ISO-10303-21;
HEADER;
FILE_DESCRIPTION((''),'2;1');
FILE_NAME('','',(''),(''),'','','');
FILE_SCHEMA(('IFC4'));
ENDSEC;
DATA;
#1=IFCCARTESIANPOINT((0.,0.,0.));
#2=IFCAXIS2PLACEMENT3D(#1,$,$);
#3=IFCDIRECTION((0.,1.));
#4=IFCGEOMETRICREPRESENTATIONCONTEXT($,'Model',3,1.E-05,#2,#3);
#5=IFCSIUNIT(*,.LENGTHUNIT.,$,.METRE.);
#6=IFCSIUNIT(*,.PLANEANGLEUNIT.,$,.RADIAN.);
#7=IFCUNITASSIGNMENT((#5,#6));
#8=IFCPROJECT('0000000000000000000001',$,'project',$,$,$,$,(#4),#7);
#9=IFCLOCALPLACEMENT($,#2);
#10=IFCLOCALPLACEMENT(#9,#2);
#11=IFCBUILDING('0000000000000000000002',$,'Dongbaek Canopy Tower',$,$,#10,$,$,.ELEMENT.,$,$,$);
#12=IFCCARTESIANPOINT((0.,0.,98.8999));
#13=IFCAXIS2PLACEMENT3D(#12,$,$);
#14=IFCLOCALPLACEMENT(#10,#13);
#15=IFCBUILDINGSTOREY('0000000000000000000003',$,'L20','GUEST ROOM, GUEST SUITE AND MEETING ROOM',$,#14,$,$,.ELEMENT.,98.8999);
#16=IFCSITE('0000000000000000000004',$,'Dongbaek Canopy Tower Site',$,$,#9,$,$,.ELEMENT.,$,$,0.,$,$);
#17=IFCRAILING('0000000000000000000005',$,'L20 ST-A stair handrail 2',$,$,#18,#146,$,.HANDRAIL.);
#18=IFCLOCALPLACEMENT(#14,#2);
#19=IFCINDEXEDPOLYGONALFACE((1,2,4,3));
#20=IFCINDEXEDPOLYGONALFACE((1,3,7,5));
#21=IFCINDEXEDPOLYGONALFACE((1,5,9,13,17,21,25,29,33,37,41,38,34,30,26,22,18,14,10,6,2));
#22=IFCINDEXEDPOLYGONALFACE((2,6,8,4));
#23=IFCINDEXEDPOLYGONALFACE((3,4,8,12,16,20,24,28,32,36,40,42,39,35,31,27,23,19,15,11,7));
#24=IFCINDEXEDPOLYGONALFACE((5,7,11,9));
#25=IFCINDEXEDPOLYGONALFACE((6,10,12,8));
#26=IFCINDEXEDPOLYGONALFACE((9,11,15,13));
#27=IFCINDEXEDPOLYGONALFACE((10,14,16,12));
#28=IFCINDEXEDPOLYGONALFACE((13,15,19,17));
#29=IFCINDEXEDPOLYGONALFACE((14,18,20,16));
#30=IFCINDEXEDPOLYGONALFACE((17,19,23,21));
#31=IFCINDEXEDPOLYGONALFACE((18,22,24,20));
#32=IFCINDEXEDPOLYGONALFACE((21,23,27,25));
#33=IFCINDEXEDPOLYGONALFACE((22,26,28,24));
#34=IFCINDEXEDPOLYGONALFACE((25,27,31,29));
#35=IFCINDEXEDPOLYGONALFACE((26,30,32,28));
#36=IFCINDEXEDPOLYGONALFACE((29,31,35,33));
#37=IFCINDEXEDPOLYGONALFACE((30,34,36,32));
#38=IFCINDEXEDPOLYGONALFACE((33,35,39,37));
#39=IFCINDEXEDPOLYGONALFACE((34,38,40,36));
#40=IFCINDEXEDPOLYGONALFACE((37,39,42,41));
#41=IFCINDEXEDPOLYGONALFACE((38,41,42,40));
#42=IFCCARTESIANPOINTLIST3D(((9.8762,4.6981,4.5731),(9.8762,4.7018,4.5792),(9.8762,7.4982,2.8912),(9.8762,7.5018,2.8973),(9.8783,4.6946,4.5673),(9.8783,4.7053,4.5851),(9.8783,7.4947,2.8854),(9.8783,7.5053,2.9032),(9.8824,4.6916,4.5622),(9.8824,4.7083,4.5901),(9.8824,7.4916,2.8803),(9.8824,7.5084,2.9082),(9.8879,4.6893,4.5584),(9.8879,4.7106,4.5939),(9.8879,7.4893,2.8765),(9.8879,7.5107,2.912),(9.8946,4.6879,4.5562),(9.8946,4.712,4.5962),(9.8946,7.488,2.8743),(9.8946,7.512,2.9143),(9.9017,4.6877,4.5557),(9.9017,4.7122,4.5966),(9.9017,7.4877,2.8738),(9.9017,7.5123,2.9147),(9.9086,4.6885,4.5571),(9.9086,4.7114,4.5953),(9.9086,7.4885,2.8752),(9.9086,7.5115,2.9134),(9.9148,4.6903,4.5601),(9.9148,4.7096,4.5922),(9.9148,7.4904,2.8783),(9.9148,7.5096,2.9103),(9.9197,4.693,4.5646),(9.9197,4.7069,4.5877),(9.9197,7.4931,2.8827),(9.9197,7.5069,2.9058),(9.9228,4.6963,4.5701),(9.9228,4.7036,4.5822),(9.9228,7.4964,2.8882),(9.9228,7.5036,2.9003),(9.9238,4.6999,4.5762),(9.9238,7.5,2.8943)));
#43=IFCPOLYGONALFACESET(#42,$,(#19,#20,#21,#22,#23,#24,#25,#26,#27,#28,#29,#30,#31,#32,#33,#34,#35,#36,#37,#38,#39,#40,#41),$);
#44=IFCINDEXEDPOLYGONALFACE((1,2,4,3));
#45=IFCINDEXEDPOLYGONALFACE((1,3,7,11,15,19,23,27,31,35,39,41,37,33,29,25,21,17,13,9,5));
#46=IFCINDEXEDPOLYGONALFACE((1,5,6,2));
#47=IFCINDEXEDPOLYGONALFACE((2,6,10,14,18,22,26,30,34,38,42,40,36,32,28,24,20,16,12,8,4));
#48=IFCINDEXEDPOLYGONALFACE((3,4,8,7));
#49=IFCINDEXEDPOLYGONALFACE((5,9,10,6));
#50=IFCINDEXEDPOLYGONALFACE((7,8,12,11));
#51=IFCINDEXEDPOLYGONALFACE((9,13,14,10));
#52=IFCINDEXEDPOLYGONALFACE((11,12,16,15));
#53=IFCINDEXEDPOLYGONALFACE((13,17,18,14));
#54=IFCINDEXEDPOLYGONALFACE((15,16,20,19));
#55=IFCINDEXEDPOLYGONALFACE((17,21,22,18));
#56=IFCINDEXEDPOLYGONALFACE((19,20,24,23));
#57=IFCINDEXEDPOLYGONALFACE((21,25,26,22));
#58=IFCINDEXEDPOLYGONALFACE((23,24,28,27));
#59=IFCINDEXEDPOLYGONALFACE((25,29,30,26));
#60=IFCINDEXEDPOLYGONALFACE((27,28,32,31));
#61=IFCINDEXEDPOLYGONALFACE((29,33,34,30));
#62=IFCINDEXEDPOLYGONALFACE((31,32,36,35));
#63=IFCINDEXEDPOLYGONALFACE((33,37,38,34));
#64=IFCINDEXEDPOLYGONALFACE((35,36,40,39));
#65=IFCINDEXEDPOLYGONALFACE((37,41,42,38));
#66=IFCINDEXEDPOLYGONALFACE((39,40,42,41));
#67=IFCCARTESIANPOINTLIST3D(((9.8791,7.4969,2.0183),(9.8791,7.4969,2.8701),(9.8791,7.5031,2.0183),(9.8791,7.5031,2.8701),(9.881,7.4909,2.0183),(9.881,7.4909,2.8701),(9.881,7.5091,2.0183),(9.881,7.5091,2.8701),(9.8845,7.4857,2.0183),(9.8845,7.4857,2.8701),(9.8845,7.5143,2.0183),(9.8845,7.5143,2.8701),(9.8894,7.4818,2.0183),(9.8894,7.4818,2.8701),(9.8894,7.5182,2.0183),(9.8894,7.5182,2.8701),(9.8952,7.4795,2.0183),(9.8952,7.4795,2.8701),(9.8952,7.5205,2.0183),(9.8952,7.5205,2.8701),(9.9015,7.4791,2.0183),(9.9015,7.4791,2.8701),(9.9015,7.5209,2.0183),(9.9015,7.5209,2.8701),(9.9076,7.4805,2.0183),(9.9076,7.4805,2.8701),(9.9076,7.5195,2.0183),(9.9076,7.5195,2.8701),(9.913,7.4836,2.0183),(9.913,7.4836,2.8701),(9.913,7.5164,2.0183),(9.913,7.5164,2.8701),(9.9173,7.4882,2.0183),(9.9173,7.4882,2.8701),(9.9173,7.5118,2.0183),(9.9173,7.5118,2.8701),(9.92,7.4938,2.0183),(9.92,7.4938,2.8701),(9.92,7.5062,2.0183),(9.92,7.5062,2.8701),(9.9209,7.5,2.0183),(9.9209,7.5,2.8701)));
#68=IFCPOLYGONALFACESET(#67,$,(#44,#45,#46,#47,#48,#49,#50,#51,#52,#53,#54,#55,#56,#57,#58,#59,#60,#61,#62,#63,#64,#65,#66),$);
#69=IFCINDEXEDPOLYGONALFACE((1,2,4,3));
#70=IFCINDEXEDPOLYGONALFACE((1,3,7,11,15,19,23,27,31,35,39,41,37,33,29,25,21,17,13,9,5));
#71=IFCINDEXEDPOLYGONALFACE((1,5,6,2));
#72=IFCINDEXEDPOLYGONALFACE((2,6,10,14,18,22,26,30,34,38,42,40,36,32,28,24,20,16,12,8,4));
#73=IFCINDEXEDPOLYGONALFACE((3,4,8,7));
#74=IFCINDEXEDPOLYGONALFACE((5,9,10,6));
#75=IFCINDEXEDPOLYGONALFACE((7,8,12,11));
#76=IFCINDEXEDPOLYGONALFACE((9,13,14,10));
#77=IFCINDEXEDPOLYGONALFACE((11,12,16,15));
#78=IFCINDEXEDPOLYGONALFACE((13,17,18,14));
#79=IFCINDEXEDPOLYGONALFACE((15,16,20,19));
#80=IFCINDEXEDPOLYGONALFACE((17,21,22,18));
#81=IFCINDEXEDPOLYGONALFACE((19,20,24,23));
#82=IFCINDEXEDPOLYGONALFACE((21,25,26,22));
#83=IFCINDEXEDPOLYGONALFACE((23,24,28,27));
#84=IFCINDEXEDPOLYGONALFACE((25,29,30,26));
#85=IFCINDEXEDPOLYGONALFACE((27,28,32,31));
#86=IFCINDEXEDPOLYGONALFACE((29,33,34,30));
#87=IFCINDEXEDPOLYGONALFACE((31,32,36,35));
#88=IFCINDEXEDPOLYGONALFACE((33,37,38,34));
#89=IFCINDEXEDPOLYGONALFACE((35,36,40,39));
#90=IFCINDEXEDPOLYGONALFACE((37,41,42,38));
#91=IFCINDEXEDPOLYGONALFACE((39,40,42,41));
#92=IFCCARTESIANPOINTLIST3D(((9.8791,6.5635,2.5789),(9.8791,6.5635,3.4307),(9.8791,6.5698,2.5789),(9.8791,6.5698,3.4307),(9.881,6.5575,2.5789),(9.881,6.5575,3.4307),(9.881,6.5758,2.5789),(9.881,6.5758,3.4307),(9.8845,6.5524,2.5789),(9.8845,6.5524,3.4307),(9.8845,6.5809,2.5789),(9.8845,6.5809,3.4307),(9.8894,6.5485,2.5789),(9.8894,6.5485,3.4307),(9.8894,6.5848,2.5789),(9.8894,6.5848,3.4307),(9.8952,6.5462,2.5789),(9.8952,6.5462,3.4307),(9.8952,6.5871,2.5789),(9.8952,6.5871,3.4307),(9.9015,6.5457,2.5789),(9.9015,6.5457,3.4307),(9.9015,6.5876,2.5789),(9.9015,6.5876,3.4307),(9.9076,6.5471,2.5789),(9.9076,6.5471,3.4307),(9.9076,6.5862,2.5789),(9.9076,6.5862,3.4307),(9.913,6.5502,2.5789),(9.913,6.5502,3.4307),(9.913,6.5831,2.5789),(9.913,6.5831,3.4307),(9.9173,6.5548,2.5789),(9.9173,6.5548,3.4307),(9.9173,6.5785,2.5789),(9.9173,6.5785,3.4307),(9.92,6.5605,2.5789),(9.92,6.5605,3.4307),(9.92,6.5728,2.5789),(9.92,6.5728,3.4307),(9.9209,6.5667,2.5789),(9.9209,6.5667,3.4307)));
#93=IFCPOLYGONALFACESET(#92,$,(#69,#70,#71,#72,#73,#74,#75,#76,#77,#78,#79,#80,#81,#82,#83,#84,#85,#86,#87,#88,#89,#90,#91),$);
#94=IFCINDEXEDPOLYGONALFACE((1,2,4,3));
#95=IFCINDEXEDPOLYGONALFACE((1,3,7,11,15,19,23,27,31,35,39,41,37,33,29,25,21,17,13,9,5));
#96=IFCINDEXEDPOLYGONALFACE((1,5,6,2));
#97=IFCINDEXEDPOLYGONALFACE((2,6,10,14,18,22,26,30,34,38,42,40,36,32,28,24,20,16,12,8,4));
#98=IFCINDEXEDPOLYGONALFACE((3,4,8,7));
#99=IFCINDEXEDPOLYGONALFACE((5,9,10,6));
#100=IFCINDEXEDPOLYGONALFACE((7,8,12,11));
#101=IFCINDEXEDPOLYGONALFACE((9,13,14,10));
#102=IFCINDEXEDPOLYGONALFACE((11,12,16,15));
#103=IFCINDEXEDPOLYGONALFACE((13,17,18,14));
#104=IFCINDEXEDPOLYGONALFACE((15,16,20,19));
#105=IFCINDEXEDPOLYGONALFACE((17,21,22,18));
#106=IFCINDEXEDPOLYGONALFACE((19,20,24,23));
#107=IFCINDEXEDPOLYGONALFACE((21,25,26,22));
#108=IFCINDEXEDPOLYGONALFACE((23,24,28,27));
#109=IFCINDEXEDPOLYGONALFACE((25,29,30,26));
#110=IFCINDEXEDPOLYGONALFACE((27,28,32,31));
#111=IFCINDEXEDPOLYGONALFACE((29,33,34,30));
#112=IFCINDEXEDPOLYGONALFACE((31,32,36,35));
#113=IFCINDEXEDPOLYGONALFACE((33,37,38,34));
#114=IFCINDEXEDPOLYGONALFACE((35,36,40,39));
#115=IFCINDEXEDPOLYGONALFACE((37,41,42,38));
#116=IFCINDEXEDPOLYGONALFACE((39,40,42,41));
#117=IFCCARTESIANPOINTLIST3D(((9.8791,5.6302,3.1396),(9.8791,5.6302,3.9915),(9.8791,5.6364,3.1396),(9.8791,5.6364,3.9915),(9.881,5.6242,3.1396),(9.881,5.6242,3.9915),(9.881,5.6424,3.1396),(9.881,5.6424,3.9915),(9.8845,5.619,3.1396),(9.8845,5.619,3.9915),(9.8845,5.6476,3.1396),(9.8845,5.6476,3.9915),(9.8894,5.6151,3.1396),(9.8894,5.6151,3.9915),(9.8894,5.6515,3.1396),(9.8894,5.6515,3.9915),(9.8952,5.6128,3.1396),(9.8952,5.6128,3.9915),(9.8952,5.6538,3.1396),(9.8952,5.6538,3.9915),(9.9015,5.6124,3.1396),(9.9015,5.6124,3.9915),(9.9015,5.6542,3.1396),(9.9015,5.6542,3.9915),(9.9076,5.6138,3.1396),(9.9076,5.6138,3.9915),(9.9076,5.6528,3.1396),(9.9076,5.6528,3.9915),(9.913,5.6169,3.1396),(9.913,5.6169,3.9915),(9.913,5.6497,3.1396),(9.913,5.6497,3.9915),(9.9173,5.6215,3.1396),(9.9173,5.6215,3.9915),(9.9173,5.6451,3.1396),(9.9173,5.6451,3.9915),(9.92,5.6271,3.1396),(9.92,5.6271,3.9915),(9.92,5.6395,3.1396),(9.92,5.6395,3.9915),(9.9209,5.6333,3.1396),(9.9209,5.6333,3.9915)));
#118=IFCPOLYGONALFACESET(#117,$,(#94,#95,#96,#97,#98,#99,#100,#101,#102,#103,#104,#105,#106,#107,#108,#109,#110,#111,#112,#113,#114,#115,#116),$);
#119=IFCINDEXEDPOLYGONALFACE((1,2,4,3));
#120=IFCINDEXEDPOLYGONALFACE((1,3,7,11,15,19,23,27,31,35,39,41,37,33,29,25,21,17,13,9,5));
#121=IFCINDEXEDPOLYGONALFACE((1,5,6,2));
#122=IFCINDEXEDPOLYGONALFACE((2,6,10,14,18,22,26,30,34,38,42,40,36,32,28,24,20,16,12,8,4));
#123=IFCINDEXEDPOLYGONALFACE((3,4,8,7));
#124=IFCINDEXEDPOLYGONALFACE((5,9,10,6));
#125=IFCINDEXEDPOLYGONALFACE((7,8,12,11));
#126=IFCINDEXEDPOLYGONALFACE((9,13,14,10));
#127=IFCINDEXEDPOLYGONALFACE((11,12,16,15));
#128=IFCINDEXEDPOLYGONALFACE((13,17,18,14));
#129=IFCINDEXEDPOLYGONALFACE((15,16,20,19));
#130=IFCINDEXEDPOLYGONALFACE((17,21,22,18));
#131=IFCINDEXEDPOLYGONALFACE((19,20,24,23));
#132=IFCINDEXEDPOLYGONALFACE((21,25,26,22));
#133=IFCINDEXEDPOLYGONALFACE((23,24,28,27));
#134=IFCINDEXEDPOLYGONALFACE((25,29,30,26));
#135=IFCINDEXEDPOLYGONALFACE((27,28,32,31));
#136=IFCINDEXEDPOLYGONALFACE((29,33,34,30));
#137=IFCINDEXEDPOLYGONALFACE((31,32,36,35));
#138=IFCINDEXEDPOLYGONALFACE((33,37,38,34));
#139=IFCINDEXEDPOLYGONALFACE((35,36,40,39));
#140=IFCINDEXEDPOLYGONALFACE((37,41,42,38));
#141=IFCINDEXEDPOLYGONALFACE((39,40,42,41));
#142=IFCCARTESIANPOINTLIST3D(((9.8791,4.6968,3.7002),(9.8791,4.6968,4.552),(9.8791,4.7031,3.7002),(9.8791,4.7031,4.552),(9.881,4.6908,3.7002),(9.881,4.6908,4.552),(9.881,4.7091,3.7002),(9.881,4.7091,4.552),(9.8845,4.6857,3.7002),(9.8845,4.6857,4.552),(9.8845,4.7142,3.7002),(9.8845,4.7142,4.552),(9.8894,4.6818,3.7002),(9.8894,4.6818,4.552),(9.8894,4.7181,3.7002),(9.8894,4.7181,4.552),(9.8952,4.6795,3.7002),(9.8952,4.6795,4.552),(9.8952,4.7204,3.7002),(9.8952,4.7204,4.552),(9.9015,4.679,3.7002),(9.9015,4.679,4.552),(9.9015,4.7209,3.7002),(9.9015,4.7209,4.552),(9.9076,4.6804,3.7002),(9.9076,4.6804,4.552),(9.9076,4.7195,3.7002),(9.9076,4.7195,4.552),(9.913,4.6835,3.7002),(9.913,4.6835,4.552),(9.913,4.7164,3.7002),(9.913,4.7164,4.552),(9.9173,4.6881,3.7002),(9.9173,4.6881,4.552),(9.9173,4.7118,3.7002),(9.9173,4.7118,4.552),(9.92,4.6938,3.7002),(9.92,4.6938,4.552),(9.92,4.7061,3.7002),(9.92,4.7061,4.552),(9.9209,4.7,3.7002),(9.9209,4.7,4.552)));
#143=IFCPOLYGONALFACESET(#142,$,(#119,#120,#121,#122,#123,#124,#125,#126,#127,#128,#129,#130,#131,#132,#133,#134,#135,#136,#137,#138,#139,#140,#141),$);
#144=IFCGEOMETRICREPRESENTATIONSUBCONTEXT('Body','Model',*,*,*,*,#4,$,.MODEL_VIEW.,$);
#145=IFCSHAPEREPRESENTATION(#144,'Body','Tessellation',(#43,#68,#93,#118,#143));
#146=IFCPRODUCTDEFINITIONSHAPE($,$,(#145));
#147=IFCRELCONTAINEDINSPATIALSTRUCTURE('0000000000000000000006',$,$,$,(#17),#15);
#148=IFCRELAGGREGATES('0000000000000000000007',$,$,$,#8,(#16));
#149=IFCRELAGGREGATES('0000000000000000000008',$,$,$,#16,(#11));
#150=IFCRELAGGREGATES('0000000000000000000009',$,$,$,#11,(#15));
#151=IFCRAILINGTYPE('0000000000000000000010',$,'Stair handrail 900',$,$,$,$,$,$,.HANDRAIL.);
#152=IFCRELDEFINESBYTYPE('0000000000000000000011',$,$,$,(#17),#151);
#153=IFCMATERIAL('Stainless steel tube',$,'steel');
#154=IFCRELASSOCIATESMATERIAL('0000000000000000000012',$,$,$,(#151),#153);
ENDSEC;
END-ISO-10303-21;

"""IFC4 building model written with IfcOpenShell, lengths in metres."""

from ifc_helpers import new_model, si_unit, direction, frame, origin, origin_2d, place, context, subcontext, project, spatial, circle, extrude, material, type_object, element, save


model = new_model("IFC4")

# Units and contexts
model_context = context("Model", 3, precision=1e-05, world=origin(), true_north=direction((0.0, 1.0)))
body_context = subcontext(model_context, "Body", "Model", "MODEL_VIEW")
ifc_project = project(units=[si_unit("LENGTHUNIT", "METRE"), si_unit("PLANEANGLEUNIT", "RADIAN")], contexts=[model_context])

# Site, building, storey
site_placement = place(None, origin())
site = spatial("IfcSite", under=ifc_project, at=site_placement, Name="Dongbaek Canopy Tower Site", CompositionType="ELEMENT", RefElevation=0.0)
building_placement = place(site_placement, origin())
building = spatial("IfcBuilding", under=site, at=building_placement, Name="Dongbaek Canopy Tower", CompositionType="ELEMENT")
storey_placement = place(building_placement, frame((0.0, 0.0, 98.8999)))
storey = spatial("IfcBuildingStorey", under=building, at=storey_placement, Name="L20", Description="GUEST ROOM, GUEST SUITE AND MEETING ROOM", CompositionType="ELEMENT", Elevation=98.8999)

# Railing
ifc_material_1 = material(Name="Stainless steel tube", Category="steel")
railing_type_1 = type_object("IfcRailingType", Name="Stair handrail 900", PredefinedType="HANDRAIL", material=ifc_material_1)
railing_1_placement = place(storey_placement, frame((9.8999, 7.5, 2.0183)))
element("IfcRailing", 1, at=railing_1_placement, inside=storey, type_object=railing_type_1, Name="L20 ST-A stair handrail 2", PredefinedType="HANDRAIL", context=body_context, shape_type="SweptSolid", body=[
    extrude(circle(Radius=0.0239, at=origin_2d()), frame((0.0, 0.0, 0.876), z_axis=(0.0, -0.857242, 0.514913), x_axis=(1.0, 0.0, 0.0)), (0.0, 0.0, 1.0), 3.2664),
    extrude(circle(Radius=0.021, at=origin_2d()), origin(), (0.0, 0.0, 1.0), 0.8518),
    extrude(circle(Radius=0.021, at=origin_2d()), frame((0.0, -0.9333, 0.5605)), (0.0, 0.0, 1.0), 0.8518),
    extrude(circle(Radius=0.021, at=origin_2d()), frame((0.0, -1.8667, 1.1213)), (0.0, 0.0, 1.0), 0.8518),
    extrude(circle(Radius=0.021, at=origin_2d()), frame((0.0, -2.8, 1.6819)), (0.0, 0.0, 1.0), 0.8518),
])

save(model, "model.ifc")
